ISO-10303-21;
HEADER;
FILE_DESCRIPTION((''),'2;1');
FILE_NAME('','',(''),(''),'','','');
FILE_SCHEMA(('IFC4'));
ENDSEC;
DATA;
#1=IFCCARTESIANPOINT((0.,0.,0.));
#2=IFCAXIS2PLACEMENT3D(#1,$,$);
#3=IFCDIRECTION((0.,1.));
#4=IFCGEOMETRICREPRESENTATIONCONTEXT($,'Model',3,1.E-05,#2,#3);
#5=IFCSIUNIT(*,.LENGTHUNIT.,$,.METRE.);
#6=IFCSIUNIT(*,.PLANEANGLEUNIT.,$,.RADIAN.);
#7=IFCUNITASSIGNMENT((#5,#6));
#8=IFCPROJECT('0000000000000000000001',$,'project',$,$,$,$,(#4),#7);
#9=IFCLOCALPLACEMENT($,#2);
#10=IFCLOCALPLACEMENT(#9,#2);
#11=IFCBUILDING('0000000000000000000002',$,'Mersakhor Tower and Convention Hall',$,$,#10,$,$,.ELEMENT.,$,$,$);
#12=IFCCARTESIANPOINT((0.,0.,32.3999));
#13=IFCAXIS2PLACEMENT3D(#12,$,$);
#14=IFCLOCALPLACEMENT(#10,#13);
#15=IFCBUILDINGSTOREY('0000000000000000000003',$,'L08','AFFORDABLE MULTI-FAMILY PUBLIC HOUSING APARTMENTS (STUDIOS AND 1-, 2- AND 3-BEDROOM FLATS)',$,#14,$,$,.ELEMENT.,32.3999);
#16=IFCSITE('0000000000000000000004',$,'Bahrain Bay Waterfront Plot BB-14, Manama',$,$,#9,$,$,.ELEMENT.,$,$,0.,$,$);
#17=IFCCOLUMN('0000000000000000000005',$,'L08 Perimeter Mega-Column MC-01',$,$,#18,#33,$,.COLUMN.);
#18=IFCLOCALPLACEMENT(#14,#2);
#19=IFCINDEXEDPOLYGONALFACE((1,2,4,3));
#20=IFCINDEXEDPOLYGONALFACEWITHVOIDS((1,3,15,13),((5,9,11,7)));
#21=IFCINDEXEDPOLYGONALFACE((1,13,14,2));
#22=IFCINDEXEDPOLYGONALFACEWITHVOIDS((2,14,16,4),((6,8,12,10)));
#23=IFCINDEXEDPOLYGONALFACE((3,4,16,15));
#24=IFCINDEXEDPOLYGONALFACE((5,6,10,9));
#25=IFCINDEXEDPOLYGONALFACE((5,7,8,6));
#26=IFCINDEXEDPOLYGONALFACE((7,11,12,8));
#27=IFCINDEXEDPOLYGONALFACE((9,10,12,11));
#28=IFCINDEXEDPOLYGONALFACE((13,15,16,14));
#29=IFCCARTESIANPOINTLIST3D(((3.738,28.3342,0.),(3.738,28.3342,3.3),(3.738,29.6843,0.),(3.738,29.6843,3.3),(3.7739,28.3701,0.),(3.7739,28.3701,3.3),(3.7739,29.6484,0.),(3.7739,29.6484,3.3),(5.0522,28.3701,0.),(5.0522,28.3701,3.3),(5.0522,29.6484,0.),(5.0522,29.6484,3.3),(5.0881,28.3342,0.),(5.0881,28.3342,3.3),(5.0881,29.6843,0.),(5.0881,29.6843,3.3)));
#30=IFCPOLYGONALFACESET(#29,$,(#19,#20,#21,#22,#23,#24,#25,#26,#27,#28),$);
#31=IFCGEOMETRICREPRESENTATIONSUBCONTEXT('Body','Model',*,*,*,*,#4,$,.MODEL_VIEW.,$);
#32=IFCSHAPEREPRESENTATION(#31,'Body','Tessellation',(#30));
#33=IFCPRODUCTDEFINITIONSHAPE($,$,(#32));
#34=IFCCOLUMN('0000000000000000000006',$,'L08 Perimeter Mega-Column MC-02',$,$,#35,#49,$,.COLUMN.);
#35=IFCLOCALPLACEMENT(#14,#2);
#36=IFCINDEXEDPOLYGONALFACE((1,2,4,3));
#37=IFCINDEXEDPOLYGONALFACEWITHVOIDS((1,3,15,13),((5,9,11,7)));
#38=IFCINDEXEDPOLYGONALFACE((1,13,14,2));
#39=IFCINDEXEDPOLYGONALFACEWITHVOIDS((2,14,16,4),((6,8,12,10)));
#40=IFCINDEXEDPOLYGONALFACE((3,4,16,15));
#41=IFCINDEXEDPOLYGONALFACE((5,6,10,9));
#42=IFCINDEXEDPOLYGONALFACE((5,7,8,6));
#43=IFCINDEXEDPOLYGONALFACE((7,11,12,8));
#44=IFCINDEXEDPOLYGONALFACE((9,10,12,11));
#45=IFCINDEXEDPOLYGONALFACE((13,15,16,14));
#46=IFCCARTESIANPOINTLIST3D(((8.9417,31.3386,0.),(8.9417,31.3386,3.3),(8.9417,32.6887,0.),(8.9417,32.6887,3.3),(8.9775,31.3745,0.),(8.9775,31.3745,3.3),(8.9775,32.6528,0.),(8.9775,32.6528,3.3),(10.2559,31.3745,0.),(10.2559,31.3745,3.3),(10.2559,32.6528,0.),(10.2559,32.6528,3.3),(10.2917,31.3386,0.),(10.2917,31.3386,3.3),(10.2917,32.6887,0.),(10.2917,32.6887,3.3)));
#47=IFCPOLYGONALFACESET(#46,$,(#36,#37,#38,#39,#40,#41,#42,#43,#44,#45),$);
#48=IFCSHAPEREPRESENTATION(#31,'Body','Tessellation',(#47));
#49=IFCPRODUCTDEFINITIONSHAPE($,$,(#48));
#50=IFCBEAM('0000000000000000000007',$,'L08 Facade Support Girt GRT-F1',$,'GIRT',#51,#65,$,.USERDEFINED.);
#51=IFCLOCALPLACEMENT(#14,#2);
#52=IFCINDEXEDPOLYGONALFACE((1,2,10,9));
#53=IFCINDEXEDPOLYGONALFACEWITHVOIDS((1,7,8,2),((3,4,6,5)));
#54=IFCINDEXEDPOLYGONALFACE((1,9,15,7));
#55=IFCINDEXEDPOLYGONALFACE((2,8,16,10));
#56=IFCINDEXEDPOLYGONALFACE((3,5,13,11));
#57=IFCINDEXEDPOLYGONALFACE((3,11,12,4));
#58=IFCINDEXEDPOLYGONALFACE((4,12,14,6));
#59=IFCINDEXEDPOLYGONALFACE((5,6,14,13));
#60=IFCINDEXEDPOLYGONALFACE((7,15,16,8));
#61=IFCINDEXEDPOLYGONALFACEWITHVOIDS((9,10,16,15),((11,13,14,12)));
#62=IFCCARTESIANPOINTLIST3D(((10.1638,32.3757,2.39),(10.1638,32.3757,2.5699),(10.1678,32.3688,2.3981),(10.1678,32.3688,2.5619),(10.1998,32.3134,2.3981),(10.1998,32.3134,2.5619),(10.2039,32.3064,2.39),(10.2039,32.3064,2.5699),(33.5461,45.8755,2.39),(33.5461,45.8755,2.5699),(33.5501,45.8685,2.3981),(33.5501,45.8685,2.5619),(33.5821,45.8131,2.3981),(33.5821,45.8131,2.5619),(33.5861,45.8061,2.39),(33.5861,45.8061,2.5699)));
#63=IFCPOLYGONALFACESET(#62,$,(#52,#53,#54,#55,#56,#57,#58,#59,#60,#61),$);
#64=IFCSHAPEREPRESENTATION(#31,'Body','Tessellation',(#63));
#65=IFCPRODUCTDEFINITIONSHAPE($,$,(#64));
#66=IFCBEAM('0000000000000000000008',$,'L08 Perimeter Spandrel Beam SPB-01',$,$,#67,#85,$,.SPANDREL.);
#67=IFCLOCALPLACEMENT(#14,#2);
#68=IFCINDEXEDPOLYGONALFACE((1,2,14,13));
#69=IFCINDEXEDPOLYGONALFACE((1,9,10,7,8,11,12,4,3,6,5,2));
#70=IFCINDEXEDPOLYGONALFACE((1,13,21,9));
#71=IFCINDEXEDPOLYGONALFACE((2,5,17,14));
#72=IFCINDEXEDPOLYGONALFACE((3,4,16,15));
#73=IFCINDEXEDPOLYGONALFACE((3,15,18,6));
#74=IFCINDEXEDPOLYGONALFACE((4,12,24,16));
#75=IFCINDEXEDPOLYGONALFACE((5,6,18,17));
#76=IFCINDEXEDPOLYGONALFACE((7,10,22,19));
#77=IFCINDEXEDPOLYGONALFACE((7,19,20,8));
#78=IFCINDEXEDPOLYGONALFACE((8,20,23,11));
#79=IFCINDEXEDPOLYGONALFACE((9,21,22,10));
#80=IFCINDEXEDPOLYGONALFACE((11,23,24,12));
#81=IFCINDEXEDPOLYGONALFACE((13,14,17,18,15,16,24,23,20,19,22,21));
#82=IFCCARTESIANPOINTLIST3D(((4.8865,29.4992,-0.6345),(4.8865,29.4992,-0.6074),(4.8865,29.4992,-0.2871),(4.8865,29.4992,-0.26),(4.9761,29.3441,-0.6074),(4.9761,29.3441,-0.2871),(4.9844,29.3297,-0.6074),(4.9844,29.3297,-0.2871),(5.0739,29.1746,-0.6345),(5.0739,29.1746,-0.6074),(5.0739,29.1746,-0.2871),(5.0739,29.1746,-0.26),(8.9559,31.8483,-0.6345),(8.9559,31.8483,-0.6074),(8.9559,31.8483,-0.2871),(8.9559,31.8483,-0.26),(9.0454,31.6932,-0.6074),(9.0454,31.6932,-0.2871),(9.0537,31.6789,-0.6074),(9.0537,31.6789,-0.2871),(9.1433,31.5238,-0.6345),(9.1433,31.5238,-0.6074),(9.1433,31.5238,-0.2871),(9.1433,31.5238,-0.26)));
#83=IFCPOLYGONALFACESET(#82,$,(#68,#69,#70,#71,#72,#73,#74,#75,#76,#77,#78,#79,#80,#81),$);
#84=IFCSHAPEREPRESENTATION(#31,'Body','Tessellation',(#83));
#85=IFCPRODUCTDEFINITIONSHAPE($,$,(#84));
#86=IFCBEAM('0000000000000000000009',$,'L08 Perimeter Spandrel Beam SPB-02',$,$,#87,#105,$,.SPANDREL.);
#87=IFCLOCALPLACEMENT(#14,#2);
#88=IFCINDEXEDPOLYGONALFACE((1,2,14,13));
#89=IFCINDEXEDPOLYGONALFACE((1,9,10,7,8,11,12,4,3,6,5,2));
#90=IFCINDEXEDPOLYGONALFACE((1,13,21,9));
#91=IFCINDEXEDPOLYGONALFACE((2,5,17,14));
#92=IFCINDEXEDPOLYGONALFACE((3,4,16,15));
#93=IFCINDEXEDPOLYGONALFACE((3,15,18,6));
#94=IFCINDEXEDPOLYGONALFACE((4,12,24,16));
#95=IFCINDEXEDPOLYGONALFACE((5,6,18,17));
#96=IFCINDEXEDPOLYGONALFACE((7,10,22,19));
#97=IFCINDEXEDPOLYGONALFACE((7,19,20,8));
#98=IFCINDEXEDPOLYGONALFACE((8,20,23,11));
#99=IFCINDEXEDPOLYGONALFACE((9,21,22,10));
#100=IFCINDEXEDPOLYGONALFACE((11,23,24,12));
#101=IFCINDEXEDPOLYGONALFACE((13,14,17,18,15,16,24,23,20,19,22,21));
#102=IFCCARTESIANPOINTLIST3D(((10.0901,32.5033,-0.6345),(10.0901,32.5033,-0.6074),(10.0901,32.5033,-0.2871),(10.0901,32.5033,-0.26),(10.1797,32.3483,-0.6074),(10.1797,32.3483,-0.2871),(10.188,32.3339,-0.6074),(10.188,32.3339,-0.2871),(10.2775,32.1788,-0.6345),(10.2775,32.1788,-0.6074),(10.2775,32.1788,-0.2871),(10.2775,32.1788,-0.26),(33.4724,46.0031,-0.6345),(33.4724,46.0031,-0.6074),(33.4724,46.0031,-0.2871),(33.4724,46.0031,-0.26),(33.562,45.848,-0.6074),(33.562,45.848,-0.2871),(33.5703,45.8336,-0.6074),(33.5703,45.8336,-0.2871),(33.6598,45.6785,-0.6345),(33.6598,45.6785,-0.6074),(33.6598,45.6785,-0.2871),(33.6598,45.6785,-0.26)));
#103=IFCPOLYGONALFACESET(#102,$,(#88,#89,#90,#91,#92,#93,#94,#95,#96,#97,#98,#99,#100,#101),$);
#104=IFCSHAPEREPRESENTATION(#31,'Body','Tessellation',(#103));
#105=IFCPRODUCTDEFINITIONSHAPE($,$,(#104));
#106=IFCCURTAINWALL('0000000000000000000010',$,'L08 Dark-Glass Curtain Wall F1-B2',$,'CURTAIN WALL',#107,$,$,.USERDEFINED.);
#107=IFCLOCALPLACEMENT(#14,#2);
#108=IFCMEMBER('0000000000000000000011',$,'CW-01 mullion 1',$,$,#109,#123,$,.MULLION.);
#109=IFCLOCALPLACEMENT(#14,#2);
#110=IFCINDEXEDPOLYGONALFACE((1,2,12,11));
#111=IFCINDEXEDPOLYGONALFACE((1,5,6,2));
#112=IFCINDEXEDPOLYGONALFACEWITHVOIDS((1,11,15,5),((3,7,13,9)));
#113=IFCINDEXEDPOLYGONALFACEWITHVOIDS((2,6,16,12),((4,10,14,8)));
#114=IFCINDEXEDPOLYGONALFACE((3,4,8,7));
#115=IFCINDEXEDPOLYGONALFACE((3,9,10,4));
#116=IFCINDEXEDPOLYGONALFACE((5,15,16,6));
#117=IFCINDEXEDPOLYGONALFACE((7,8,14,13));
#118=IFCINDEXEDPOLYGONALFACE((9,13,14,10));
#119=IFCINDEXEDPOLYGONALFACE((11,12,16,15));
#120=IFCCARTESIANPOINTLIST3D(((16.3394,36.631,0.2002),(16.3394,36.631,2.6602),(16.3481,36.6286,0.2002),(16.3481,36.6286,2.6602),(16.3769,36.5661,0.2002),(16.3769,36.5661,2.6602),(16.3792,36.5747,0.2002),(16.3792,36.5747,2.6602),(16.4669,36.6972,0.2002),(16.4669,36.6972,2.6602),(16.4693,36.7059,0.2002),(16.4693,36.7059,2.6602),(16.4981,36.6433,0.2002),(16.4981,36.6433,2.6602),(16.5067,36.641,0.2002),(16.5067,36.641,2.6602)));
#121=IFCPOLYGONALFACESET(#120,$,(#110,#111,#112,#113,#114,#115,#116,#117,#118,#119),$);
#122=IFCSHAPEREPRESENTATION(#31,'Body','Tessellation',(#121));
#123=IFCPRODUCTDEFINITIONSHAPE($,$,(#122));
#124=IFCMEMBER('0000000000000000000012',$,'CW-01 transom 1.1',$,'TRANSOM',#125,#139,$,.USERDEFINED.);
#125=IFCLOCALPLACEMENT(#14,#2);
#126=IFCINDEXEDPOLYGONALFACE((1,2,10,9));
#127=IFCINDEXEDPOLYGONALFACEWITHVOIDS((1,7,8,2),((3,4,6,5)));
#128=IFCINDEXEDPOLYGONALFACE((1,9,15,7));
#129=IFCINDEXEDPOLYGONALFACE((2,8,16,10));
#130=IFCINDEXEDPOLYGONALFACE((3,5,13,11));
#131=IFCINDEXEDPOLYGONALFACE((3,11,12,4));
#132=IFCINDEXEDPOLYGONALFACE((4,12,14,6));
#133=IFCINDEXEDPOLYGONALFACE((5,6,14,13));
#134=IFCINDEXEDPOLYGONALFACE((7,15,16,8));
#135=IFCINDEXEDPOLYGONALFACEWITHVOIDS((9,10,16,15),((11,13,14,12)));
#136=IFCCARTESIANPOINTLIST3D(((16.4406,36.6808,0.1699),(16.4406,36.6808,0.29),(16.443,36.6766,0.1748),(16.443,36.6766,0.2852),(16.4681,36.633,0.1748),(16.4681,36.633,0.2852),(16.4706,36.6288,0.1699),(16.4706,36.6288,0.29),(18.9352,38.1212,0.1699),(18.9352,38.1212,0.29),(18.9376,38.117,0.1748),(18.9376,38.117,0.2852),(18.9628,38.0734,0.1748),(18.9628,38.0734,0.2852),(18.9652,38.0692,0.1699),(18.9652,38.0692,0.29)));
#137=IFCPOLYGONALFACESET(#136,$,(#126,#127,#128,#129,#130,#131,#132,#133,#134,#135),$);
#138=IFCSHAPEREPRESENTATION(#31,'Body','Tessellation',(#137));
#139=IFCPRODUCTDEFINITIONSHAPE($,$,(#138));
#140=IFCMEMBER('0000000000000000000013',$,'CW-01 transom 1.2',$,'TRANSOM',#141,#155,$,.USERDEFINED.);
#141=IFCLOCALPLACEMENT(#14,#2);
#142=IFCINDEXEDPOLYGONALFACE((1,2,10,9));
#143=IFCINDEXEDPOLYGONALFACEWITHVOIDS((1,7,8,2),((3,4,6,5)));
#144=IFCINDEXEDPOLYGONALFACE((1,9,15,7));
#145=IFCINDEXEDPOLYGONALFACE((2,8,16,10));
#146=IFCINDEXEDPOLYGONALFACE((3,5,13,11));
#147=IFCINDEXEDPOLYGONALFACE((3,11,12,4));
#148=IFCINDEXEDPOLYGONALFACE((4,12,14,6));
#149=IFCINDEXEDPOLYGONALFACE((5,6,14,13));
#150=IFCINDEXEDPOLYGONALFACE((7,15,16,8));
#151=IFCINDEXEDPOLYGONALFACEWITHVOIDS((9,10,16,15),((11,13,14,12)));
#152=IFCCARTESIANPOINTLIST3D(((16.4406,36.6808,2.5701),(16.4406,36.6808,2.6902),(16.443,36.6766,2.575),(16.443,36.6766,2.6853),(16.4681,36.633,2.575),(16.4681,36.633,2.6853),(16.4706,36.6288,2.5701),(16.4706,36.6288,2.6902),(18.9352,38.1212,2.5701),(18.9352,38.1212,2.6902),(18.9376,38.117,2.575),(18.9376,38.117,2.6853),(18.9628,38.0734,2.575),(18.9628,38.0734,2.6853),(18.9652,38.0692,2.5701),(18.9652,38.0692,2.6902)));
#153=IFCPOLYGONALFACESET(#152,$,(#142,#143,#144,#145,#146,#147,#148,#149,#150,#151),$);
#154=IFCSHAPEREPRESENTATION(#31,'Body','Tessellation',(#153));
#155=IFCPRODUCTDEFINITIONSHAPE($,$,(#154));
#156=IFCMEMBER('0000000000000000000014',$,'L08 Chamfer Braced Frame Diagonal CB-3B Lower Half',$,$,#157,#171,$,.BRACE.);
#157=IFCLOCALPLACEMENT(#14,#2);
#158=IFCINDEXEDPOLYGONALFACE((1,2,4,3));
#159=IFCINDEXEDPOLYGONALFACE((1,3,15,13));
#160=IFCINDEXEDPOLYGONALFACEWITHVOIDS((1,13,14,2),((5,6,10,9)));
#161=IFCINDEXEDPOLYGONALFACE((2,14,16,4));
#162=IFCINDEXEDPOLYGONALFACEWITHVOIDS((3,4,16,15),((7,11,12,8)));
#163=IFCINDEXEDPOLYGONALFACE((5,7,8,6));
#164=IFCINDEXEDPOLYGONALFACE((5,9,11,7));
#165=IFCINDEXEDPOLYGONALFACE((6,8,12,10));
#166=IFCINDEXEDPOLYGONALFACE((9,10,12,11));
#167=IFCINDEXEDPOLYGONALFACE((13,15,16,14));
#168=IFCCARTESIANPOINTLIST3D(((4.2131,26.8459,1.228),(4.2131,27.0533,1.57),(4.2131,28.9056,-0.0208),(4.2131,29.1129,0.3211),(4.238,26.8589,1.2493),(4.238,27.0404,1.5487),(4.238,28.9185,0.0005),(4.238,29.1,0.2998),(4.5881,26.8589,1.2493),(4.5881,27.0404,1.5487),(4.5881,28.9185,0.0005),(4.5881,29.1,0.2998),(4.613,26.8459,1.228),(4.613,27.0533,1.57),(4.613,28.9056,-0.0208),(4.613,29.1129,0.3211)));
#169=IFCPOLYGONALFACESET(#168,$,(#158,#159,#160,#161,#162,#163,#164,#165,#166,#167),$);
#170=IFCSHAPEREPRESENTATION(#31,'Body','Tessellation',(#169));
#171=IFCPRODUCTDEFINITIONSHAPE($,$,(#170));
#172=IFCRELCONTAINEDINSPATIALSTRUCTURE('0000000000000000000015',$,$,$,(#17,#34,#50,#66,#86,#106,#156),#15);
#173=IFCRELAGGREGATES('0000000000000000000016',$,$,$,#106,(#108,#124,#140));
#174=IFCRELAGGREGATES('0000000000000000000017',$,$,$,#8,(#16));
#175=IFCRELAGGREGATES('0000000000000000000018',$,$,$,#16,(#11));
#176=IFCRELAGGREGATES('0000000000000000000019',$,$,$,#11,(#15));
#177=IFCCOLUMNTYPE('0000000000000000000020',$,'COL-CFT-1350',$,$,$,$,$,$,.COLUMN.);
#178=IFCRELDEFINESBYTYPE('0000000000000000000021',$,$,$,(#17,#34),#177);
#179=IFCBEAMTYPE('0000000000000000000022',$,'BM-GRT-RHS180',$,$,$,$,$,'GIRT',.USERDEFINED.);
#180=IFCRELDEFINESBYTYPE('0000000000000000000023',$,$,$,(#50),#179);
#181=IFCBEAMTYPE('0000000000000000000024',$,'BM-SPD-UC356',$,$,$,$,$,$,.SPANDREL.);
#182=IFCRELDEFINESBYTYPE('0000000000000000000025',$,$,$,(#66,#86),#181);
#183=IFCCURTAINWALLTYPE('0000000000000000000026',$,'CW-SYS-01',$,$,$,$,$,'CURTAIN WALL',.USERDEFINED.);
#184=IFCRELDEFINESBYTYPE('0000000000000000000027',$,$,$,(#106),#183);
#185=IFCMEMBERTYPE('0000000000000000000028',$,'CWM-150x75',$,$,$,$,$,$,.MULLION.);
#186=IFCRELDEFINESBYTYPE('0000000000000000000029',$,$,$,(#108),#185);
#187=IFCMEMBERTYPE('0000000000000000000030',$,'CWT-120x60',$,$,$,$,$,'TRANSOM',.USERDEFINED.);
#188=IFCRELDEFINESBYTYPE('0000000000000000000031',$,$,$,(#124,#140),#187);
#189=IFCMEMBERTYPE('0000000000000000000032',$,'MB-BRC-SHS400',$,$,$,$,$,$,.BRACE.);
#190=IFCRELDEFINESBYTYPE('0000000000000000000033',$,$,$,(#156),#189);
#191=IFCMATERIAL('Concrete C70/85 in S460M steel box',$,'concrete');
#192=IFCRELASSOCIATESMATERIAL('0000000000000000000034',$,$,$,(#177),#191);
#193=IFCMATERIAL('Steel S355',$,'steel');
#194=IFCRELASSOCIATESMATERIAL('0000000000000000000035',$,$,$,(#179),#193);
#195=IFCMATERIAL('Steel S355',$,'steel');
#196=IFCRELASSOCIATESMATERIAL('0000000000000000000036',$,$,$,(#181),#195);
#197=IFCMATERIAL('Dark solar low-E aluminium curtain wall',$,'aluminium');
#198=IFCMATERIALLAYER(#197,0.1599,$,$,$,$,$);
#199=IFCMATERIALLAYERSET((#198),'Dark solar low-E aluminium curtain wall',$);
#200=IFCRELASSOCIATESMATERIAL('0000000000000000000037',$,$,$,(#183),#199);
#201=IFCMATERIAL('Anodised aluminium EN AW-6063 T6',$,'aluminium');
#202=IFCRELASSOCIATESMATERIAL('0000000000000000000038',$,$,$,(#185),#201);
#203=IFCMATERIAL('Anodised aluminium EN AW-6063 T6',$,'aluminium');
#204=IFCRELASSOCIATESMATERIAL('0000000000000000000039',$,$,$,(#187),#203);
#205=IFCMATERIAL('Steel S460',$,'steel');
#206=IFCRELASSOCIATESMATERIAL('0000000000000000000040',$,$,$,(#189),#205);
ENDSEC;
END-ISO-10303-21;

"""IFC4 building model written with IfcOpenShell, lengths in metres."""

from ifc_helpers import new_model, si_unit, direction, frame, origin, origin_2d, place, context, subcontext, project, spatial, hollow_rectangle, i_section, extrude, material, layer, layer_set, material_profile, profile_set, type_object, element, aggregate, save


model = new_model("IFC4")

# Units and contexts
model_context = context("Model", 3, precision=1e-05, world=origin(), true_north=direction((0.0, 1.0)))
body_context = subcontext(model_context, "Body", "Model", "MODEL_VIEW")
ifc_project = project(units=[si_unit("LENGTHUNIT", "METRE"), si_unit("PLANEANGLEUNIT", "RADIAN")], contexts=[model_context])

# Site, building, storey
site_placement = place(None, origin())
site = spatial("IfcSite", under=ifc_project, at=site_placement, Name="Bahrain Bay Waterfront Plot BB-14, Manama", CompositionType="ELEMENT", RefElevation=0.0)
building_placement = place(site_placement, origin())
building = spatial("IfcBuilding", under=site, at=building_placement, Name="Mersakhor Tower and Convention Hall", CompositionType="ELEMENT")
storey_placement = place(building_placement, frame((0.0, 0.0, 32.3999)))
storey = spatial("IfcBuildingStorey", under=building, at=storey_placement, Name="L08", Description="AFFORDABLE MULTI-FAMILY PUBLIC HOUSING APARTMENTS (STUDIOS AND 1-, 2- AND 3-BEDROOM FLATS)", CompositionType="ELEMENT", Elevation=32.3999)

# Columns
ifc_material_1 = material(Name="Concrete C70/85 in S460M steel box", Category="concrete")
ifc_material_profile_1 = material_profile(ifc_material_1, hollow_rectangle(XDim=1.3501, YDim=1.3501, WallThickness=0.0359, at=origin_2d()), Name="SHS 1350x1350x36")
ifc_profile_set_1 = profile_set([ifc_material_profile_1], Name="Concrete C70/85 in S460M steel box")
column_type = type_object("IfcColumnType", Name="COL-CFT-1350", PredefinedType="COLUMN", material=ifc_profile_set_1)
for number, where, z_axis, x_axis, name in (
    (1, (4.4131, 29.0093, 0.0), (0.0, 0.0, 1.0), (1.0, 0.0, 0.0), "L08 Perimeter Mega-Column MC-01"),
    (2, (9.6167, 32.0137, 0.0), (0.0, 0.0, 1.0), (1.0, 0.0, 0.0), "L08 Perimeter Mega-Column MC-02"),
):
    element("IfcColumn", number, at=place(storey_placement, frame(where, z_axis=z_axis, x_axis=x_axis)), inside=storey, type_object=column_type, Name=name, PredefinedType="COLUMN", context=body_context, shape_type="SweptSolid", body=[
        extrude(hollow_rectangle(XDim=1.3501, YDim=1.3501, WallThickness=0.0359, at=origin_2d()), origin(), (0.0, 0.0, 1.0), 3.3),
    ])

# Beams
ifc_material_2 = material(Name="Steel S355", Category="steel")
ifc_material_profile_2 = material_profile(ifc_material_2, hollow_rectangle(XDim=0.0801, YDim=0.1799, WallThickness=0.0081, at=origin_2d()), Name="RHS 180x80x8")
ifc_profile_set_2 = profile_set([ifc_material_profile_2], Name="Steel S355")
beam_type_1 = type_object("IfcBeamType", Name="BM-GRT-RHS180", ElementType="GIRT", PredefinedType="USERDEFINED", material=ifc_profile_set_2)
beam_1_placement = place(storey_placement, frame((10.1838, 32.3411, 2.48), z_axis=(0.866026, 0.499999, 0.0), x_axis=(-0.499999, 0.866026, 0.0)))
element("IfcBeam", 3, at=beam_1_placement, inside=storey, type_object=beam_type_1, Name="L08 Facade Support Girt GRT-F1", ObjectType="GIRT", PredefinedType="USERDEFINED", context=body_context, shape_type="SweptSolid", body=[
    extrude(hollow_rectangle(XDim=0.0801, YDim=0.1799, WallThickness=0.0081, at=origin_2d()), origin(), (0.0, 0.0, 1.0), 26.9995),
])
ifc_material_3 = material(Name="Steel S355", Category="steel")
ifc_material_profile_3 = material_profile(ifc_material_3, i_section(OverallWidth=0.3748, OverallDepth=0.3745, WebThickness=0.0166, FlangeThickness=0.0271, at=origin_2d()), Name="UC 356x368x202")
ifc_profile_set_3 = profile_set([ifc_material_profile_3], Name="Steel S355")
beam_type_2 = type_object("IfcBeamType", Name="BM-SPD-UC356", PredefinedType="SPANDREL", material=ifc_profile_set_3)
beam_2_placement = place(storey_placement, frame((4.9802, 29.3369, -0.4473), z_axis=(0.866054, 0.49995, 0.0), x_axis=(-0.49995, 0.866054, 0.0)))
element("IfcBeam", 4, at=beam_2_placement, inside=storey, type_object=beam_type_2, Name="L08 Perimeter Spandrel Beam SPB-01", PredefinedType="SPANDREL", context=body_context, shape_type="SweptSolid", body=[
    extrude(i_section(OverallWidth=0.3748, OverallDepth=0.3745, WebThickness=0.0166, FlangeThickness=0.0271, at=origin_2d()), origin(), (0.0, 0.0, 1.0), 4.6987),
])
beam_3_placement = place(storey_placement, frame((10.1838, 32.3411, -0.4473), z_axis=(0.866026, 0.499999, 0.0), x_axis=(-0.499999, 0.866026, 0.0)))
element("IfcBeam", 5, at=beam_3_placement, inside=storey, type_object=beam_type_2, Name="L08 Perimeter Spandrel Beam SPB-02", PredefinedType="SPANDREL", context=body_context, shape_type="SweptSolid", body=[
    extrude(i_section(OverallWidth=0.3748, OverallDepth=0.3745, WebThickness=0.0166, FlangeThickness=0.0271, at=origin_2d()), origin(), (0.0, 0.0, 1.0), 26.9995),
])

# Curtain wall, members
ifc_material_4 = material(Name="Dark solar low-E aluminium curtain wall", Category="aluminium")
ifc_layer_1 = layer(ifc_material_4, 0.1599)
ifc_layer_set_1 = layer_set([ifc_layer_1], Name="Dark solar low-E aluminium curtain wall")
curtain_wall_type = type_object("IfcCurtainWallType", Name="CW-SYS-01", ElementType="CURTAIN WALL", PredefinedType="USERDEFINED", material=ifc_layer_set_1)
curtain_wall_placement = place(storey_placement, origin())
curtain_wall = element("IfcCurtainWall", 6, at=curtain_wall_placement, inside=storey, type_object=curtain_wall_type, Name="L08 Dark-Glass Curtain Wall F1-B2", ObjectType="CURTAIN WALL", PredefinedType="USERDEFINED")
ifc_material_5 = material(Name="Anodised aluminium EN AW-6063 T6", Category="aluminium")
ifc_material_profile_4 = material_profile(ifc_material_5, hollow_rectangle(XDim=0.075, YDim=0.1499, WallThickness=0.0063, at=origin_2d()), Name="RHS 150x75x6.3")
ifc_profile_set_4 = profile_set([ifc_material_profile_4], Name="Anodised aluminium EN AW-6063 T6")
member_type_1 = type_object("IfcMemberType", Name="CWM-150x75", PredefinedType="MULLION", material=ifc_profile_set_4)
member_1_placement = place(storey_placement, frame((16.4231, 36.636, 0.2002), z_axis=(0.0, 0.0, 1.0), x_axis=(-0.500003, 0.866023, 0.0)))
member_1 = element("IfcMember", 7, at=member_1_placement, type_object=member_type_1, Name="CW-01 mullion 1", PredefinedType="MULLION", context=body_context, shape_type="SweptSolid", body=[
    extrude(hollow_rectangle(XDim=0.075, YDim=0.1499, WallThickness=0.0063, at=origin_2d()), origin(), (0.0, 0.0, 1.0), 2.46),
])
ifc_material_6 = material(Name="Anodised aluminium EN AW-6063 T6", Category="aluminium")
ifc_material_profile_5 = material_profile(ifc_material_6, hollow_rectangle(XDim=0.0601, YDim=0.1201, WallThickness=0.0049, at=origin_2d()), Name="RHS 120x60x5")
ifc_profile_set_5 = profile_set([ifc_material_profile_5], Name="Anodised aluminium EN AW-6063 T6")
member_type_2 = type_object("IfcMemberType", Name="CWT-120x60", ElementType="TRANSOM", PredefinedType="USERDEFINED", material=ifc_profile_set_5)
member_2_placement = place(storey_placement, frame((16.4556, 36.6548, 0.23), z_axis=(0.866002, 0.50004, 0.0), x_axis=(-0.50004, 0.866002, 0.0)))
member_2 = element("IfcMember", 8, at=member_2_placement, type_object=member_type_2, Name="CW-01 transom 1.1", ObjectType="TRANSOM", PredefinedType="USERDEFINED", context=body_context, shape_type="SweptSolid", body=[
    extrude(hollow_rectangle(XDim=0.0601, YDim=0.1201, WallThickness=0.0049, at=origin_2d()), origin(), (0.0, 0.0, 1.0), 2.8806),
])
member_3_placement = place(storey_placement, frame((16.4556, 36.6548, 2.6301), z_axis=(0.866002, 0.50004, 0.0), x_axis=(-0.50004, 0.866002, 0.0)))
member_3 = element("IfcMember", 9, at=member_3_placement, type_object=member_type_2, Name="CW-01 transom 1.2", ObjectType="TRANSOM", PredefinedType="USERDEFINED", context=body_context, shape_type="SweptSolid", body=[
    extrude(hollow_rectangle(XDim=0.0601, YDim=0.1201, WallThickness=0.0049, at=origin_2d()), origin(), (0.0, 0.0, 1.0), 2.8806),
])
aggregate(curtain_wall, [member_1, member_2, member_3])

# Member
ifc_material_7 = material(Name="Steel S460", Category="steel")
ifc_material_profile_6 = material_profile(ifc_material_7, hollow_rectangle(XDim=0.3999, YDim=0.3999, WallThickness=0.0249, at=origin_2d()), Name="SHS 400x400x25")
ifc_profile_set_6 = profile_set([ifc_material_profile_6], Name="Steel S460")
member_type_3 = type_object("IfcMemberType", Name="MB-BRC-SHS400", PredefinedType="BRACE", material=ifc_profile_set_6)
member_4_placement = place(storey_placement, frame((4.4131, 29.0093, 0.1501), z_axis=(0.0, -0.855096, 0.51847), x_axis=(1.0, 0.0, 0.0)))
element("IfcMember", 10, at=member_4_placement, inside=storey, type_object=member_type_3, Name="L08 Chamfer Braced Frame Diagonal CB-3B Lower Half", PredefinedType="BRACE", context=body_context, shape_type="SweptSolid", body=[
    extrude(hollow_rectangle(XDim=0.3999, YDim=0.3999, WallThickness=0.0249, at=origin_2d()), origin(), (0.0, 0.0, 1.0), 2.4087),
])

save(model, "model.ifc")
